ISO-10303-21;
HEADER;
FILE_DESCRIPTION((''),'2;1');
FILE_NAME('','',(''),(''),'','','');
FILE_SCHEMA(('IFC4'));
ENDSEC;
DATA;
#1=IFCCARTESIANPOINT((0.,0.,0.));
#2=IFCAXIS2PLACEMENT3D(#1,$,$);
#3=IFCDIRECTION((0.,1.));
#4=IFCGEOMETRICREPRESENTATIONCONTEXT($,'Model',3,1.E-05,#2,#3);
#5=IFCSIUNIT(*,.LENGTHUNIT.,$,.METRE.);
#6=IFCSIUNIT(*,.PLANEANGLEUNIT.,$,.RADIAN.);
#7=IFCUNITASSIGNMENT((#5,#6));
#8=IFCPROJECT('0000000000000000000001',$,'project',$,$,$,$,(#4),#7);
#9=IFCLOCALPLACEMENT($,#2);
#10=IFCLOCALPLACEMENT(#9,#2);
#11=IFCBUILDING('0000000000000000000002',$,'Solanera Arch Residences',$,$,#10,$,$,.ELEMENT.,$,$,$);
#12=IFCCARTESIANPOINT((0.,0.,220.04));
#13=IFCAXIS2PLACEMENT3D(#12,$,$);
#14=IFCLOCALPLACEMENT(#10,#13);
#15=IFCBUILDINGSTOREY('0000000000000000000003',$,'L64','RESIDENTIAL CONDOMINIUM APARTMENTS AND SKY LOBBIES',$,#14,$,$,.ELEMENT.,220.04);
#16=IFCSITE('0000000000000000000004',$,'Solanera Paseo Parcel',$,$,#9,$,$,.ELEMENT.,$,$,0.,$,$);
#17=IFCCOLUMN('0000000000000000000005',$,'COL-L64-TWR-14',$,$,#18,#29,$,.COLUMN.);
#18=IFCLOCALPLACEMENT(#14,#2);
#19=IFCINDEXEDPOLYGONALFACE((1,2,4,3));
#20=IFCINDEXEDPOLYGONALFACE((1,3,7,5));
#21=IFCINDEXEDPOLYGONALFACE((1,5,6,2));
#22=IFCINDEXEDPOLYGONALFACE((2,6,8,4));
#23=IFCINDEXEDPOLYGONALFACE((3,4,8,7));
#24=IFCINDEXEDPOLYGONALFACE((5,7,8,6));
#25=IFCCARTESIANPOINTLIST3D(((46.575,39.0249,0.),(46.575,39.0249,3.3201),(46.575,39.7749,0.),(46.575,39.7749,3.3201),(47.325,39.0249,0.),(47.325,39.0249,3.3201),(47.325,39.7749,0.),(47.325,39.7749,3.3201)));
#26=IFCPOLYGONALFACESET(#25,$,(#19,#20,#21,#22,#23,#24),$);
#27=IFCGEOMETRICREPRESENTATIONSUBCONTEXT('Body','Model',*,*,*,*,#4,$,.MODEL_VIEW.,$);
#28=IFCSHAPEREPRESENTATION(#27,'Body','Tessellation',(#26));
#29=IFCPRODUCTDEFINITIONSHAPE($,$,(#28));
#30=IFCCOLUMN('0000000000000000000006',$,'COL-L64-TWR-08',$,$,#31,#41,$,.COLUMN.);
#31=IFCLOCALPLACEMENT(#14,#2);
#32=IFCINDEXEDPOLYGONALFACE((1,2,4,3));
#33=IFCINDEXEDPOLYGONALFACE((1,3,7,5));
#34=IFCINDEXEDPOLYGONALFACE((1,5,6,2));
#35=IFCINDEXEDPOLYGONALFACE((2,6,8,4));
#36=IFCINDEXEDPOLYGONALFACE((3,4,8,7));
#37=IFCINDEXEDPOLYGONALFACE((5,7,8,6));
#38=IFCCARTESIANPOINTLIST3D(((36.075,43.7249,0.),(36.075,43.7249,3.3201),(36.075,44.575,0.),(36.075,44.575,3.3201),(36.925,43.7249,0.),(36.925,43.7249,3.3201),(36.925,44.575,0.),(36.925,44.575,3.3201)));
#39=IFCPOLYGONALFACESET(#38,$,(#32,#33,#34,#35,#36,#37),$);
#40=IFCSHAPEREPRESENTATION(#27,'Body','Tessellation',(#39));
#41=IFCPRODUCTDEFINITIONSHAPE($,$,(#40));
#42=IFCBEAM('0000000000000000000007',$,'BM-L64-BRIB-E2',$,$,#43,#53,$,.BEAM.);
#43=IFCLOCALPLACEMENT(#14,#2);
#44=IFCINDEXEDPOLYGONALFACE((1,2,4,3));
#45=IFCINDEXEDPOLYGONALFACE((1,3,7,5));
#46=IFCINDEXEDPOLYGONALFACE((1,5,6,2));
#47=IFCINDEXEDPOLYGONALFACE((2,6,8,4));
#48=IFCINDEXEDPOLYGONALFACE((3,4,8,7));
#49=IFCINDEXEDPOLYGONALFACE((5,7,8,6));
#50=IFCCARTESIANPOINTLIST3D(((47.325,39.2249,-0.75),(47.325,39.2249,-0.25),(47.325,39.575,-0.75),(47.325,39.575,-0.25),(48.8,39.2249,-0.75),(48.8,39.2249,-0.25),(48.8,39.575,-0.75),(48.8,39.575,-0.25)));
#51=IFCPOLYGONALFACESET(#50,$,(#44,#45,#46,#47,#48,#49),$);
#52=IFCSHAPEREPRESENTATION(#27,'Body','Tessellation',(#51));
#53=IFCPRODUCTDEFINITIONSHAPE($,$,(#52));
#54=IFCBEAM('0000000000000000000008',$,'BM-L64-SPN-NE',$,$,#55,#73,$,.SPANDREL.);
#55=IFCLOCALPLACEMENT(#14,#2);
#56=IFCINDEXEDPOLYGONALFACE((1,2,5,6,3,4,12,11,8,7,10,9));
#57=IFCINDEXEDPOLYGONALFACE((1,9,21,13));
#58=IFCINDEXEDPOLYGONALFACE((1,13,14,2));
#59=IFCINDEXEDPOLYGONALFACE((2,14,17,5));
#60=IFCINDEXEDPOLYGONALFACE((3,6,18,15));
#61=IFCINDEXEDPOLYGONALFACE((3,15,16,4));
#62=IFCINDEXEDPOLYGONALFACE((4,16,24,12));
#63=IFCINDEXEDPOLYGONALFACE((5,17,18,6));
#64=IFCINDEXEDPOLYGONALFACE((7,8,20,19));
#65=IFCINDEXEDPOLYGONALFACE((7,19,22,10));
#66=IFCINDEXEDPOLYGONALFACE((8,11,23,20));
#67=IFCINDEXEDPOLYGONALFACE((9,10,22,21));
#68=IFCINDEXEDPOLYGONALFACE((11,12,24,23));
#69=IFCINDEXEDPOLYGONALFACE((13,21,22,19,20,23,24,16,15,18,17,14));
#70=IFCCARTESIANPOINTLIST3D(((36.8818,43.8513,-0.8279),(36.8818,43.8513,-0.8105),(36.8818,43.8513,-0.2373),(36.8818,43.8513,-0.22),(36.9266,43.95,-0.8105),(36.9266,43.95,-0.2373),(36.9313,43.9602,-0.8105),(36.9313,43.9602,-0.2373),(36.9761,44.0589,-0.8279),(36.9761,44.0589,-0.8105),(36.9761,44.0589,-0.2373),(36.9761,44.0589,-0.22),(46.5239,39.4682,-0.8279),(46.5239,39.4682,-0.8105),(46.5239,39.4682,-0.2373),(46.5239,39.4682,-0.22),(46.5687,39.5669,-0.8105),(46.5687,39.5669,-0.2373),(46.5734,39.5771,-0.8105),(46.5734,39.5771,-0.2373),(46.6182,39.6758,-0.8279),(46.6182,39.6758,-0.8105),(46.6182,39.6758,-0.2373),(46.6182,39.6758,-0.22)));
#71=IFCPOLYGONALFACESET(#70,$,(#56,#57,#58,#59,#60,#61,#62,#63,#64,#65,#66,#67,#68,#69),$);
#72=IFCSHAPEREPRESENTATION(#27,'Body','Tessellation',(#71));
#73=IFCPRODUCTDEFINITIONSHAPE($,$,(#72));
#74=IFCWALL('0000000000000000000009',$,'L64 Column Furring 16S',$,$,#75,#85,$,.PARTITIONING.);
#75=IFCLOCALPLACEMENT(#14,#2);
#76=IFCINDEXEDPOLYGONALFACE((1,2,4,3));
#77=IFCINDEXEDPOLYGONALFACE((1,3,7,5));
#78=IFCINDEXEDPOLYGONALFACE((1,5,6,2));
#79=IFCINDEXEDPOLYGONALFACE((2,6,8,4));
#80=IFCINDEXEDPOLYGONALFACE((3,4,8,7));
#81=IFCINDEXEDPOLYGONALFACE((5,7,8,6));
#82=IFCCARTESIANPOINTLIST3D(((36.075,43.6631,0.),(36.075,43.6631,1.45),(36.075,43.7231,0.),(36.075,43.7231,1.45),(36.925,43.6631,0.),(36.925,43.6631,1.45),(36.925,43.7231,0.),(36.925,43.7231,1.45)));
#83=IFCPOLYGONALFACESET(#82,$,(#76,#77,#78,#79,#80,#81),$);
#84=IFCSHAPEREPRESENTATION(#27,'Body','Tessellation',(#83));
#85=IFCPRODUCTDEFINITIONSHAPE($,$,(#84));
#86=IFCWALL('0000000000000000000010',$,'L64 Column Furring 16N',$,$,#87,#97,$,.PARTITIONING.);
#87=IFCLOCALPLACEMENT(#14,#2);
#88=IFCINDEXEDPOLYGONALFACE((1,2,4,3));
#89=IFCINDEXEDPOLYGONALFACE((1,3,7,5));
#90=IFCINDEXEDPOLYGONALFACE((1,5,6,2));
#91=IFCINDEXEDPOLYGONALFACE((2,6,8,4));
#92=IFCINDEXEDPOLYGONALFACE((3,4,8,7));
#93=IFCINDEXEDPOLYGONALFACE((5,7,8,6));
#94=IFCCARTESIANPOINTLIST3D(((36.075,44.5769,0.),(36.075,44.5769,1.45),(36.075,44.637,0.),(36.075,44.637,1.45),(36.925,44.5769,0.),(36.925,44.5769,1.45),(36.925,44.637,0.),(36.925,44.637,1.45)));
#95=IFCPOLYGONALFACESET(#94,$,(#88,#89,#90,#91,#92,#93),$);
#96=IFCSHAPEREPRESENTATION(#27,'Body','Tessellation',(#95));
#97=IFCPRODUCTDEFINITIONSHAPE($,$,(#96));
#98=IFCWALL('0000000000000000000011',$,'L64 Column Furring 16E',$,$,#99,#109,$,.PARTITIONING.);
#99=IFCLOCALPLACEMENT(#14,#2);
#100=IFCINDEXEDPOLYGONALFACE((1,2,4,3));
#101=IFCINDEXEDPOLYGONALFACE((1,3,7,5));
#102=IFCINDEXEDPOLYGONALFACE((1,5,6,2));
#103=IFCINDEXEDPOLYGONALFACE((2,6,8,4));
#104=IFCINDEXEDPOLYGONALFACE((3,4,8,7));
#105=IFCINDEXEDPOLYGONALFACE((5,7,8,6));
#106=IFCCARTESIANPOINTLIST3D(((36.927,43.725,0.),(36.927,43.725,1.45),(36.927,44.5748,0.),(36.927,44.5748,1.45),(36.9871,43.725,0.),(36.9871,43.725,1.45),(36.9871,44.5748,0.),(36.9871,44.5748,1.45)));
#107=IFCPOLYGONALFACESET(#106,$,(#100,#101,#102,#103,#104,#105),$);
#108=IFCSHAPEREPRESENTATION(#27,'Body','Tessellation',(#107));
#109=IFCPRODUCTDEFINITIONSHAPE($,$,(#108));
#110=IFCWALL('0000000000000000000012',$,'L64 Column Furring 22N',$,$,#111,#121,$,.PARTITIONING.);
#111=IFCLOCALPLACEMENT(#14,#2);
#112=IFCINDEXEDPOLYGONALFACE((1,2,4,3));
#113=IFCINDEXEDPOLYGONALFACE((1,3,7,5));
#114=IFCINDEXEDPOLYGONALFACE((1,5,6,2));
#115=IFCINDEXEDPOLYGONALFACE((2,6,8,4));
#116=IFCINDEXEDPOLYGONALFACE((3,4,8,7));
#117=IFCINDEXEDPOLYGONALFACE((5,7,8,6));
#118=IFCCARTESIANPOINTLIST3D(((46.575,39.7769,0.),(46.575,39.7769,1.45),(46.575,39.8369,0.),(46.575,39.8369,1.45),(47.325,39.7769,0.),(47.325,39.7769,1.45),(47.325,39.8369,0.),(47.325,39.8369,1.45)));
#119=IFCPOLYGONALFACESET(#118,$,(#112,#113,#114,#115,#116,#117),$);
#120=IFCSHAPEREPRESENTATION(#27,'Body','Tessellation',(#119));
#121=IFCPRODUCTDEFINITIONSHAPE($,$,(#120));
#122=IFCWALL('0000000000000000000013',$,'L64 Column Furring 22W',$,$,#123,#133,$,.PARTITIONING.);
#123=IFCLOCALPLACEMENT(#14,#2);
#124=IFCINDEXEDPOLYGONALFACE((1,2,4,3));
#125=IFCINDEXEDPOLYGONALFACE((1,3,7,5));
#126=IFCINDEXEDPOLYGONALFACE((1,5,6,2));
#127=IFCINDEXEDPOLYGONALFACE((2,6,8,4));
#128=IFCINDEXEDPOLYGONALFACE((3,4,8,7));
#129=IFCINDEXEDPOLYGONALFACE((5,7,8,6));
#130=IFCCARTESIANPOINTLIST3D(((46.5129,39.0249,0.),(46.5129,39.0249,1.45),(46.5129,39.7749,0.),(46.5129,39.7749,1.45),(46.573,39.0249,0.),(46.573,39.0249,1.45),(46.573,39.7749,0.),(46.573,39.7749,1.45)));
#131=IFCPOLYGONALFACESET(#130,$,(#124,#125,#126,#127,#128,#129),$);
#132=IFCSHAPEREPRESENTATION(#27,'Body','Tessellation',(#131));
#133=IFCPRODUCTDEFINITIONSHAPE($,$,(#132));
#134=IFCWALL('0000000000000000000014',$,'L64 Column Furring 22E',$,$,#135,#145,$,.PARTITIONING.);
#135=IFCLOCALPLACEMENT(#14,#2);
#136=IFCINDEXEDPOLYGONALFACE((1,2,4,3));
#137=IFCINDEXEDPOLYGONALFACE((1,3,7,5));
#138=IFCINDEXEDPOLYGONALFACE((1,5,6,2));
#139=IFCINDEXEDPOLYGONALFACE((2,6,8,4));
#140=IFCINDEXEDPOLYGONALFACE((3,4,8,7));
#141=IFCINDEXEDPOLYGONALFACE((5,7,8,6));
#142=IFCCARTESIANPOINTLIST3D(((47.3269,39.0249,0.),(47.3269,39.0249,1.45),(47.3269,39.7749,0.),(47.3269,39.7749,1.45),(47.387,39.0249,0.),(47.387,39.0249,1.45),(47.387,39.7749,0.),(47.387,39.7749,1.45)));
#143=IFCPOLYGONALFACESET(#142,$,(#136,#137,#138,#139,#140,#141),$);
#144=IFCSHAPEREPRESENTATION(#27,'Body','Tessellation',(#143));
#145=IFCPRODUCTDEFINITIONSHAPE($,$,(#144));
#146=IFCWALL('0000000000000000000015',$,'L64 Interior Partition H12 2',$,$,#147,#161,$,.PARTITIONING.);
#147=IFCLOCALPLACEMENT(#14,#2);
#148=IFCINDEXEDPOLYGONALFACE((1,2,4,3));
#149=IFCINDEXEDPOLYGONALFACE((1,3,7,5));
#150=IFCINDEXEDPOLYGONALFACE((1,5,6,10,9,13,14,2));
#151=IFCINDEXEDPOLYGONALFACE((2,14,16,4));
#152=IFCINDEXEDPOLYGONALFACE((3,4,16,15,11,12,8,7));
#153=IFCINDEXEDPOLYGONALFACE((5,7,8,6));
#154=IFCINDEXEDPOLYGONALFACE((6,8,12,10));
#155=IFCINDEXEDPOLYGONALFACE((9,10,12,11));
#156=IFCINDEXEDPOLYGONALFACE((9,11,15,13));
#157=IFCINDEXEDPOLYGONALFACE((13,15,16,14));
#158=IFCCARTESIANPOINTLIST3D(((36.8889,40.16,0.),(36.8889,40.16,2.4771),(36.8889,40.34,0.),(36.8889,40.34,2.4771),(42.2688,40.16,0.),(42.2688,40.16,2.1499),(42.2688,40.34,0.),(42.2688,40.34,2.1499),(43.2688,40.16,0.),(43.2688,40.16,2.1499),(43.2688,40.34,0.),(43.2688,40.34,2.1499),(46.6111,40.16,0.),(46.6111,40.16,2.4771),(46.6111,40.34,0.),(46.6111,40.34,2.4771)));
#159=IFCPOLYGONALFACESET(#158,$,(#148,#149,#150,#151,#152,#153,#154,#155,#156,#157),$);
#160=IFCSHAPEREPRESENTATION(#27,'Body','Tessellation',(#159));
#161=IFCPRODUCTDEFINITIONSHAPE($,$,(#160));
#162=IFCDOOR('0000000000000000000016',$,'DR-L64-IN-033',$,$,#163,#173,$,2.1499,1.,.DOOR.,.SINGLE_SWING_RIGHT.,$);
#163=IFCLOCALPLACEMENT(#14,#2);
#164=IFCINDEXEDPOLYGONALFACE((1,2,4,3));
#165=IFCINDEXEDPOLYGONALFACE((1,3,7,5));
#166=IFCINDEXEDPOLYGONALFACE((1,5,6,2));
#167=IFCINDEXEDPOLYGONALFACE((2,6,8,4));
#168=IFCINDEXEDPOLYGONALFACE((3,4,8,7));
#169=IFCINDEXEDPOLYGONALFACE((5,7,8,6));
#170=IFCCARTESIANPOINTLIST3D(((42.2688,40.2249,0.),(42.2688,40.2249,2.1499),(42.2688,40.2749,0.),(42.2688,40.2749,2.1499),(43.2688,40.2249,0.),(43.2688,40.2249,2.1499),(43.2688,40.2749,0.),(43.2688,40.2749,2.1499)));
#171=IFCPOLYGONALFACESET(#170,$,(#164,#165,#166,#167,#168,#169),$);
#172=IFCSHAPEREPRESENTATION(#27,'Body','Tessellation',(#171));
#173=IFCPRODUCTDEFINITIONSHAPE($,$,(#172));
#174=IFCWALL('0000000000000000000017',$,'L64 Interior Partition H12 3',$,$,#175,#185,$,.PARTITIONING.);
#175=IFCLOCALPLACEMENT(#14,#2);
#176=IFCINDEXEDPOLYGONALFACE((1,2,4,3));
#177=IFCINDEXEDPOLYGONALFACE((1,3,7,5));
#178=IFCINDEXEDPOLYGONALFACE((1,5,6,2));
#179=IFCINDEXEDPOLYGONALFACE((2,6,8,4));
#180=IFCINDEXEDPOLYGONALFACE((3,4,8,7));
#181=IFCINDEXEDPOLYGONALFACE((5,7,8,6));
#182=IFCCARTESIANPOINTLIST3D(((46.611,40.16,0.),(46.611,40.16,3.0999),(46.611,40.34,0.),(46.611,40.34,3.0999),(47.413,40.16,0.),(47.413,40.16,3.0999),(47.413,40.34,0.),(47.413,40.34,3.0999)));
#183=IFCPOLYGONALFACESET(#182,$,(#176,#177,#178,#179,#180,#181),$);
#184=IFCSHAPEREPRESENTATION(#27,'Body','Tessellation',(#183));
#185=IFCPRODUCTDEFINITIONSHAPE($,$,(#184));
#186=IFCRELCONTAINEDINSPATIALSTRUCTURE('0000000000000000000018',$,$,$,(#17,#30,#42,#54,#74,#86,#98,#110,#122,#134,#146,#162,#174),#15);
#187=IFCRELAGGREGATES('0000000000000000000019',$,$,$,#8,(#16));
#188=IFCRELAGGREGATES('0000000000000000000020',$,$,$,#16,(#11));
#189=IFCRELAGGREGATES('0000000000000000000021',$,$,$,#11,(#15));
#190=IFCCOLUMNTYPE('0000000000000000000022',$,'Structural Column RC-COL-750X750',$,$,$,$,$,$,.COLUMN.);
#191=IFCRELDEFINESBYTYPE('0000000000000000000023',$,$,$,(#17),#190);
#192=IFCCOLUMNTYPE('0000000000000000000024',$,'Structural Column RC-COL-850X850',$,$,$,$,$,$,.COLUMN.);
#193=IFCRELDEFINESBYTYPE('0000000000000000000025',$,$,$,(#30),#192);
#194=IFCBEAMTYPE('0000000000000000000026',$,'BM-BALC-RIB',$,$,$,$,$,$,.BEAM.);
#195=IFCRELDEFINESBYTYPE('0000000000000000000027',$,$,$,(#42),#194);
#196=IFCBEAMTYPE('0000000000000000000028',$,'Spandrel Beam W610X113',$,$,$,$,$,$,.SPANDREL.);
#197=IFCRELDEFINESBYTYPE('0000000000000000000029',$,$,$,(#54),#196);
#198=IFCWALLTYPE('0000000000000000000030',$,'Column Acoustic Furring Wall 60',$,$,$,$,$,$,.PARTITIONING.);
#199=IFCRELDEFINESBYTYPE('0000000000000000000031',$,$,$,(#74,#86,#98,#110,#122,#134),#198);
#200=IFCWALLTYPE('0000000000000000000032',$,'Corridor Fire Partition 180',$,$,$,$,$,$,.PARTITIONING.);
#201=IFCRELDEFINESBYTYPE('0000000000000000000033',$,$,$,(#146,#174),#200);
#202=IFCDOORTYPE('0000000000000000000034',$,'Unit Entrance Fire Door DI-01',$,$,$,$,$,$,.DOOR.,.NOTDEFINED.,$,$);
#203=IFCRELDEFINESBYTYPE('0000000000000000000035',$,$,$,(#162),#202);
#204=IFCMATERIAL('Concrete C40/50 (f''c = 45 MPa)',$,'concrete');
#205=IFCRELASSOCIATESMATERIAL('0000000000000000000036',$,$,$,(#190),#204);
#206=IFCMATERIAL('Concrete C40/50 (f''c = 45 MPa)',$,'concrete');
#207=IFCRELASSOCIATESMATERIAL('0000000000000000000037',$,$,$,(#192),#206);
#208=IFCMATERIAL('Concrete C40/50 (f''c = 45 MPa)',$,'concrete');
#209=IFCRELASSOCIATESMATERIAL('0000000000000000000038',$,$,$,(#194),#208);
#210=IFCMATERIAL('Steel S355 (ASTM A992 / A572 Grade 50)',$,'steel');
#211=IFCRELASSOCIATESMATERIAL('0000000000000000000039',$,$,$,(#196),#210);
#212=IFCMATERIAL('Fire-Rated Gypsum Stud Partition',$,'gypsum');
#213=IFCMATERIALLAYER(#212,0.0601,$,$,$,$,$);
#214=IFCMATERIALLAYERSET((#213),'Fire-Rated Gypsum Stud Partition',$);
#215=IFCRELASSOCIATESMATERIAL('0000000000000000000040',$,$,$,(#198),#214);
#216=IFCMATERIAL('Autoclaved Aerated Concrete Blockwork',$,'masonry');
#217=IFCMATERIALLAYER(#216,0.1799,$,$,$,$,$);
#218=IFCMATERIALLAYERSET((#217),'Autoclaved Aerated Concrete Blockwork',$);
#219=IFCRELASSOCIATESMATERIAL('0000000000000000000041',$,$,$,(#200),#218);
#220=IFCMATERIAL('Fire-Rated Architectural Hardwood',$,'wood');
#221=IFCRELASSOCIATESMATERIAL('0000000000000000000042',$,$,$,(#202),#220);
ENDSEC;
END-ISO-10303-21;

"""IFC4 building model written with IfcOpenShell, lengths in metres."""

from ifc_helpers import new_model, si_unit, direction, frame, frame_2d, origin, origin_2d, place, context, subcontext, project, spatial, rectangle, i_section, extrude, material, layer, layer_set, material_profile, profile_set, type_object, element, fill, save


model = new_model("IFC4")

# Units and contexts
model_context = context("Model", 3, precision=1e-05, world=origin(), true_north=direction((0.0, 1.0)))
body_context = subcontext(model_context, "Body", "Model", "MODEL_VIEW")
ifc_project = project(units=[si_unit("LENGTHUNIT", "METRE"), si_unit("PLANEANGLEUNIT", "RADIAN")], contexts=[model_context])

# Site, building, storey
site_placement = place(None, origin())
site = spatial("IfcSite", under=ifc_project, at=site_placement, Name="Solanera Paseo Parcel", CompositionType="ELEMENT", RefElevation=0.0)
building_placement = place(site_placement, origin())
building = spatial("IfcBuilding", under=site, at=building_placement, Name="Solanera Arch Residences", CompositionType="ELEMENT")
storey_placement = place(building_placement, frame((0.0, 0.0, 220.04)))
storey = spatial("IfcBuildingStorey", under=building, at=storey_placement, Name="L64", Description="RESIDENTIAL CONDOMINIUM APARTMENTS AND SKY LOBBIES", CompositionType="ELEMENT", Elevation=220.04)

# Columns
ifc_material_1 = material(Name="Concrete C40/50 (f'c = 45 MPa)", Category="concrete")
ifc_material_profile_1 = material_profile(ifc_material_1, rectangle(XDim=0.75, YDim=0.75, at=origin_2d()))
ifc_profile_set_1 = profile_set([ifc_material_profile_1], Name="Concrete C40/50 (f'c = 45 MPa)")
column_type_1 = type_object("IfcColumnType", Name="Structural Column RC-COL-750X750", PredefinedType="COLUMN", material=ifc_profile_set_1)
column_1_placement = place(storey_placement, frame((46.95, 39.3999, 0.0), z_axis=(0.0, 0.0, 1.0), x_axis=(1.0, 0.0, 0.0)))
element("IfcColumn", 1, at=column_1_placement, inside=storey, type_object=column_type_1, Name="COL-L64-TWR-14", PredefinedType="COLUMN", context=body_context, shape_type="SweptSolid", body=[
    extrude(rectangle(XDim=0.75, YDim=0.75, at=origin_2d()), origin(), (0.0, 0.0, 1.0), 3.3201),
])
ifc_material_2 = material(Name="Concrete C40/50 (f'c = 45 MPa)", Category="concrete")
ifc_material_profile_2 = material_profile(ifc_material_2, rectangle(XDim=0.8501, YDim=0.8501, at=origin_2d()))
ifc_profile_set_2 = profile_set([ifc_material_profile_2], Name="Concrete C40/50 (f'c = 45 MPa)")
column_type_2 = type_object("IfcColumnType", Name="Structural Column RC-COL-850X850", PredefinedType="COLUMN", material=ifc_profile_set_2)
column_2_placement = place(storey_placement, frame((36.5, 44.1499, 0.0), z_axis=(0.0, 0.0, 1.0), x_axis=(1.0, 0.0, 0.0)))
element("IfcColumn", 2, at=column_2_placement, inside=storey, type_object=column_type_2, Name="COL-L64-TWR-08", PredefinedType="COLUMN", context=body_context, shape_type="SweptSolid", body=[
    extrude(rectangle(XDim=0.8501, YDim=0.8501, at=origin_2d()), origin(), (0.0, 0.0, 1.0), 3.3201),
])

# Beams
ifc_material_3 = material(Name="Concrete C40/50 (f'c = 45 MPa)", Category="concrete")
ifc_material_profile_3 = material_profile(ifc_material_3, rectangle(XDim=0.3501, YDim=0.5, at=origin_2d()))
ifc_profile_set_3 = profile_set([ifc_material_profile_3], Name="Concrete C40/50 (f'c = 45 MPa)")
beam_type_1 = type_object("IfcBeamType", Name="BM-BALC-RIB", PredefinedType="BEAM", material=ifc_profile_set_3)
beam_1_placement = place(storey_placement, frame((47.325, 39.3999, -0.5), z_axis=(1.0, 0.0, 0.0), x_axis=(0.0, 1.0, 0.0)))
element("IfcBeam", 3, at=beam_1_placement, inside=storey, type_object=beam_type_1, Name="BM-L64-BRIB-E2", PredefinedType="BEAM", context=body_context, shape_type="SweptSolid", body=[
    extrude(rectangle(XDim=0.3501, YDim=0.5, at=origin_2d()), origin(), (0.0, 0.0, 1.0), 1.4751),
])
ifc_material_4 = material(Name="Steel S355 (ASTM A992 / A572 Grade 50)", Category="steel")
ifc_material_profile_4 = material_profile(ifc_material_4, i_section(OverallWidth=0.228, OverallDepth=0.6079, WebThickness=0.0112, FlangeThickness=0.0173, at=origin_2d()))
ifc_profile_set_4 = profile_set([ifc_material_profile_4], Name="Steel S355 (ASTM A992 / A572 Grade 50)")
beam_type_2 = type_object("IfcBeamType", Name="Spandrel Beam W610X113", PredefinedType="SPANDREL", material=ifc_profile_set_4)
beam_2_placement = place(storey_placement, frame((36.929, 43.9551, -0.5239), z_axis=(0.910356, -0.413826, 0.0), x_axis=(0.413826, 0.910356, 0.0)))
element("IfcBeam", 4, at=beam_2_placement, inside=storey, type_object=beam_type_2, Name="BM-L64-SPN-NE", PredefinedType="SPANDREL", context=body_context, shape_type="SweptSolid", body=[
    extrude(i_section(OverallWidth=0.228, OverallDepth=0.6079, WebThickness=0.0112, FlangeThickness=0.0173, at=origin_2d()), origin(), (0.0, 0.0, 1.0), 10.5916),
])

# Walls
ifc_material_5 = material(Name="Fire-Rated Gypsum Stud Partition", Category="gypsum")
ifc_layer_1 = layer(ifc_material_5, 0.0601)
ifc_layer_set_1 = layer_set([ifc_layer_1], Name="Fire-Rated Gypsum Stud Partition")
wall_type_1 = type_object("IfcWallType", Name="Column Acoustic Furring Wall 60", PredefinedType="PARTITIONING", material=ifc_layer_set_1)
for number, where, z_axis, x_axis, name in (
    (5, (36.075, 43.6931, 0.0), (0.0, 0.0, 1.0), (1.0, 0.0, 0.0), "L64 Column Furring 16S"),
    (6, (36.075, 44.6069, 0.0), (0.0, 0.0, 1.0), (1.0, 0.0, 0.0), "L64 Column Furring 16N"),
):
    element("IfcWall", number, at=place(storey_placement, frame(where, z_axis=z_axis, x_axis=x_axis)), inside=storey, type_object=wall_type_1, Name=name, PredefinedType="PARTITIONING", context=body_context, shape_type="SweptSolid", body=[
        extrude(rectangle(XDim=0.8501, YDim=0.0601, at=frame_2d((0.425, 0.0))), origin(), (0.0, 0.0, 1.0), 1.45),
    ])
wall_1_placement = place(storey_placement, frame((36.957, 43.7251, 0.0), z_axis=(0.0, 0.0, 1.0), x_axis=(0.0, 1.0, 0.0)))
element("IfcWall", 7, at=wall_1_placement, inside=storey, type_object=wall_type_1, Name="L64 Column Furring 16E", PredefinedType="PARTITIONING", context=body_context, shape_type="SweptSolid", body=[
    extrude(rectangle(XDim=0.8499, YDim=0.0601, at=frame_2d((0.4248, 0.0))), origin(), (0.0, 0.0, 1.0), 1.45),
])
for number, where, z_axis, x_axis, name in (
    (8, (46.575, 39.8069, 0.0), (0.0, 0.0, 1.0), (1.0, 0.0, 0.0), "L64 Column Furring 22N"),
    (9, (46.543, 39.0249, 0.0), (0.0, 0.0, 1.0), (0.0, 1.0, 0.0), "L64 Column Furring 22W"),
    (10, (47.3569, 39.0249, 0.0), (0.0, 0.0, 1.0), (0.0, 1.0, 0.0), "L64 Column Furring 22E"),
):
    element("IfcWall", number, at=place(storey_placement, frame(where, z_axis=z_axis, x_axis=x_axis)), inside=storey, type_object=wall_type_1, Name=name, PredefinedType="PARTITIONING", context=body_context, shape_type="SweptSolid", body=[
        extrude(rectangle(XDim=0.75, YDim=0.0601, at=frame_2d((0.375, 0.0))), origin(), (0.0, 0.0, 1.0), 1.45),
    ])

# Wall, opening, door
ifc_material_6 = material(Name="Autoclaved Aerated Concrete Blockwork", Category="masonry")
ifc_layer_2 = layer(ifc_material_6, 0.1799)
ifc_layer_set_2 = layer_set([ifc_layer_2], Name="Autoclaved Aerated Concrete Blockwork")
wall_type_2 = type_object("IfcWallType", Name="Corridor Fire Partition 180", PredefinedType="PARTITIONING", material=ifc_layer_set_2)
wall_2_placement = place(storey_placement, frame((36.8889, 40.25, 0.0), z_axis=(0.0, 0.0, 1.0), x_axis=(1.0, 0.0, 0.0)))
wall_2 = element("IfcWall", 11, at=wall_2_placement, inside=storey, type_object=wall_type_2, Name="L64 Interior Partition H12 2", PredefinedType="PARTITIONING", context=body_context, shape_type="SweptSolid", body=[
    extrude(rectangle(XDim=9.7222, YDim=0.1799, at=frame_2d((4.8611, 0.0))), origin(), (0.0, 0.0, 1.0), 2.4771),
])
opening_1_placement = place(wall_2_placement, frame((5.3799, 0.0, 0.0)))
opening_1 = element("IfcOpeningElement", 12, at=opening_1_placement, cuts=wall_2, PredefinedType="OPENING", context=body_context, shape_type="SweptSolid", body=[
    extrude(rectangle(XDim=1.0, YDim=2.1499, at=frame_2d((0.5, 1.075))), frame((0.0, 0.1001, 0.0), z_axis=(0.0, -1.0, 0.0), x_axis=(1.0, 0.0, 0.0)), (0.0, 0.0, 1.0), 0.1999),
])
ifc_material_7 = material(Name="Fire-Rated Architectural Hardwood", Category="wood")
door_type_1 = type_object("IfcDoorType", Name="Unit Entrance Fire Door DI-01", OperationType="NOTDEFINED", PredefinedType="DOOR", material=ifc_material_7)
door_1_placement = place(opening_1_placement, origin())
door_1 = element("IfcDoor", 13, at=door_1_placement, inside=storey, type_object=door_type_1, Name="DR-L64-IN-033", OperationType="SINGLE_SWING_RIGHT", OverallHeight=2.1499, OverallWidth=1.0, PredefinedType="DOOR", context=body_context, shape_type="SweptSolid", body=[
    extrude(rectangle(XDim=1.0, YDim=2.1499, at=frame_2d((0.5, 1.075))), frame((0.0, 0.0249, 0.0), z_axis=(0.0, -1.0, 0.0), x_axis=(1.0, 0.0, 0.0)), (0.0, 0.0, 1.0), 0.05),
])
fill(opening_1, door_1)

# Wall
wall_3_placement = place(storey_placement, frame((46.6111, 40.25, 0.0), z_axis=(0.0, 0.0, 1.0), x_axis=(1.0, 0.0, 0.0)))
element("IfcWall", 14, at=wall_3_placement, inside=storey, type_object=wall_type_2, Name="L64 Interior Partition H12 3", PredefinedType="PARTITIONING", context=body_context, shape_type="SweptSolid", body=[
    extrude(rectangle(XDim=0.802, YDim=0.1799, at=frame_2d((0.4009, 0.0))), origin(), (0.0, 0.0, 1.0), 3.0999),
])

save(model, "model.ifc")
